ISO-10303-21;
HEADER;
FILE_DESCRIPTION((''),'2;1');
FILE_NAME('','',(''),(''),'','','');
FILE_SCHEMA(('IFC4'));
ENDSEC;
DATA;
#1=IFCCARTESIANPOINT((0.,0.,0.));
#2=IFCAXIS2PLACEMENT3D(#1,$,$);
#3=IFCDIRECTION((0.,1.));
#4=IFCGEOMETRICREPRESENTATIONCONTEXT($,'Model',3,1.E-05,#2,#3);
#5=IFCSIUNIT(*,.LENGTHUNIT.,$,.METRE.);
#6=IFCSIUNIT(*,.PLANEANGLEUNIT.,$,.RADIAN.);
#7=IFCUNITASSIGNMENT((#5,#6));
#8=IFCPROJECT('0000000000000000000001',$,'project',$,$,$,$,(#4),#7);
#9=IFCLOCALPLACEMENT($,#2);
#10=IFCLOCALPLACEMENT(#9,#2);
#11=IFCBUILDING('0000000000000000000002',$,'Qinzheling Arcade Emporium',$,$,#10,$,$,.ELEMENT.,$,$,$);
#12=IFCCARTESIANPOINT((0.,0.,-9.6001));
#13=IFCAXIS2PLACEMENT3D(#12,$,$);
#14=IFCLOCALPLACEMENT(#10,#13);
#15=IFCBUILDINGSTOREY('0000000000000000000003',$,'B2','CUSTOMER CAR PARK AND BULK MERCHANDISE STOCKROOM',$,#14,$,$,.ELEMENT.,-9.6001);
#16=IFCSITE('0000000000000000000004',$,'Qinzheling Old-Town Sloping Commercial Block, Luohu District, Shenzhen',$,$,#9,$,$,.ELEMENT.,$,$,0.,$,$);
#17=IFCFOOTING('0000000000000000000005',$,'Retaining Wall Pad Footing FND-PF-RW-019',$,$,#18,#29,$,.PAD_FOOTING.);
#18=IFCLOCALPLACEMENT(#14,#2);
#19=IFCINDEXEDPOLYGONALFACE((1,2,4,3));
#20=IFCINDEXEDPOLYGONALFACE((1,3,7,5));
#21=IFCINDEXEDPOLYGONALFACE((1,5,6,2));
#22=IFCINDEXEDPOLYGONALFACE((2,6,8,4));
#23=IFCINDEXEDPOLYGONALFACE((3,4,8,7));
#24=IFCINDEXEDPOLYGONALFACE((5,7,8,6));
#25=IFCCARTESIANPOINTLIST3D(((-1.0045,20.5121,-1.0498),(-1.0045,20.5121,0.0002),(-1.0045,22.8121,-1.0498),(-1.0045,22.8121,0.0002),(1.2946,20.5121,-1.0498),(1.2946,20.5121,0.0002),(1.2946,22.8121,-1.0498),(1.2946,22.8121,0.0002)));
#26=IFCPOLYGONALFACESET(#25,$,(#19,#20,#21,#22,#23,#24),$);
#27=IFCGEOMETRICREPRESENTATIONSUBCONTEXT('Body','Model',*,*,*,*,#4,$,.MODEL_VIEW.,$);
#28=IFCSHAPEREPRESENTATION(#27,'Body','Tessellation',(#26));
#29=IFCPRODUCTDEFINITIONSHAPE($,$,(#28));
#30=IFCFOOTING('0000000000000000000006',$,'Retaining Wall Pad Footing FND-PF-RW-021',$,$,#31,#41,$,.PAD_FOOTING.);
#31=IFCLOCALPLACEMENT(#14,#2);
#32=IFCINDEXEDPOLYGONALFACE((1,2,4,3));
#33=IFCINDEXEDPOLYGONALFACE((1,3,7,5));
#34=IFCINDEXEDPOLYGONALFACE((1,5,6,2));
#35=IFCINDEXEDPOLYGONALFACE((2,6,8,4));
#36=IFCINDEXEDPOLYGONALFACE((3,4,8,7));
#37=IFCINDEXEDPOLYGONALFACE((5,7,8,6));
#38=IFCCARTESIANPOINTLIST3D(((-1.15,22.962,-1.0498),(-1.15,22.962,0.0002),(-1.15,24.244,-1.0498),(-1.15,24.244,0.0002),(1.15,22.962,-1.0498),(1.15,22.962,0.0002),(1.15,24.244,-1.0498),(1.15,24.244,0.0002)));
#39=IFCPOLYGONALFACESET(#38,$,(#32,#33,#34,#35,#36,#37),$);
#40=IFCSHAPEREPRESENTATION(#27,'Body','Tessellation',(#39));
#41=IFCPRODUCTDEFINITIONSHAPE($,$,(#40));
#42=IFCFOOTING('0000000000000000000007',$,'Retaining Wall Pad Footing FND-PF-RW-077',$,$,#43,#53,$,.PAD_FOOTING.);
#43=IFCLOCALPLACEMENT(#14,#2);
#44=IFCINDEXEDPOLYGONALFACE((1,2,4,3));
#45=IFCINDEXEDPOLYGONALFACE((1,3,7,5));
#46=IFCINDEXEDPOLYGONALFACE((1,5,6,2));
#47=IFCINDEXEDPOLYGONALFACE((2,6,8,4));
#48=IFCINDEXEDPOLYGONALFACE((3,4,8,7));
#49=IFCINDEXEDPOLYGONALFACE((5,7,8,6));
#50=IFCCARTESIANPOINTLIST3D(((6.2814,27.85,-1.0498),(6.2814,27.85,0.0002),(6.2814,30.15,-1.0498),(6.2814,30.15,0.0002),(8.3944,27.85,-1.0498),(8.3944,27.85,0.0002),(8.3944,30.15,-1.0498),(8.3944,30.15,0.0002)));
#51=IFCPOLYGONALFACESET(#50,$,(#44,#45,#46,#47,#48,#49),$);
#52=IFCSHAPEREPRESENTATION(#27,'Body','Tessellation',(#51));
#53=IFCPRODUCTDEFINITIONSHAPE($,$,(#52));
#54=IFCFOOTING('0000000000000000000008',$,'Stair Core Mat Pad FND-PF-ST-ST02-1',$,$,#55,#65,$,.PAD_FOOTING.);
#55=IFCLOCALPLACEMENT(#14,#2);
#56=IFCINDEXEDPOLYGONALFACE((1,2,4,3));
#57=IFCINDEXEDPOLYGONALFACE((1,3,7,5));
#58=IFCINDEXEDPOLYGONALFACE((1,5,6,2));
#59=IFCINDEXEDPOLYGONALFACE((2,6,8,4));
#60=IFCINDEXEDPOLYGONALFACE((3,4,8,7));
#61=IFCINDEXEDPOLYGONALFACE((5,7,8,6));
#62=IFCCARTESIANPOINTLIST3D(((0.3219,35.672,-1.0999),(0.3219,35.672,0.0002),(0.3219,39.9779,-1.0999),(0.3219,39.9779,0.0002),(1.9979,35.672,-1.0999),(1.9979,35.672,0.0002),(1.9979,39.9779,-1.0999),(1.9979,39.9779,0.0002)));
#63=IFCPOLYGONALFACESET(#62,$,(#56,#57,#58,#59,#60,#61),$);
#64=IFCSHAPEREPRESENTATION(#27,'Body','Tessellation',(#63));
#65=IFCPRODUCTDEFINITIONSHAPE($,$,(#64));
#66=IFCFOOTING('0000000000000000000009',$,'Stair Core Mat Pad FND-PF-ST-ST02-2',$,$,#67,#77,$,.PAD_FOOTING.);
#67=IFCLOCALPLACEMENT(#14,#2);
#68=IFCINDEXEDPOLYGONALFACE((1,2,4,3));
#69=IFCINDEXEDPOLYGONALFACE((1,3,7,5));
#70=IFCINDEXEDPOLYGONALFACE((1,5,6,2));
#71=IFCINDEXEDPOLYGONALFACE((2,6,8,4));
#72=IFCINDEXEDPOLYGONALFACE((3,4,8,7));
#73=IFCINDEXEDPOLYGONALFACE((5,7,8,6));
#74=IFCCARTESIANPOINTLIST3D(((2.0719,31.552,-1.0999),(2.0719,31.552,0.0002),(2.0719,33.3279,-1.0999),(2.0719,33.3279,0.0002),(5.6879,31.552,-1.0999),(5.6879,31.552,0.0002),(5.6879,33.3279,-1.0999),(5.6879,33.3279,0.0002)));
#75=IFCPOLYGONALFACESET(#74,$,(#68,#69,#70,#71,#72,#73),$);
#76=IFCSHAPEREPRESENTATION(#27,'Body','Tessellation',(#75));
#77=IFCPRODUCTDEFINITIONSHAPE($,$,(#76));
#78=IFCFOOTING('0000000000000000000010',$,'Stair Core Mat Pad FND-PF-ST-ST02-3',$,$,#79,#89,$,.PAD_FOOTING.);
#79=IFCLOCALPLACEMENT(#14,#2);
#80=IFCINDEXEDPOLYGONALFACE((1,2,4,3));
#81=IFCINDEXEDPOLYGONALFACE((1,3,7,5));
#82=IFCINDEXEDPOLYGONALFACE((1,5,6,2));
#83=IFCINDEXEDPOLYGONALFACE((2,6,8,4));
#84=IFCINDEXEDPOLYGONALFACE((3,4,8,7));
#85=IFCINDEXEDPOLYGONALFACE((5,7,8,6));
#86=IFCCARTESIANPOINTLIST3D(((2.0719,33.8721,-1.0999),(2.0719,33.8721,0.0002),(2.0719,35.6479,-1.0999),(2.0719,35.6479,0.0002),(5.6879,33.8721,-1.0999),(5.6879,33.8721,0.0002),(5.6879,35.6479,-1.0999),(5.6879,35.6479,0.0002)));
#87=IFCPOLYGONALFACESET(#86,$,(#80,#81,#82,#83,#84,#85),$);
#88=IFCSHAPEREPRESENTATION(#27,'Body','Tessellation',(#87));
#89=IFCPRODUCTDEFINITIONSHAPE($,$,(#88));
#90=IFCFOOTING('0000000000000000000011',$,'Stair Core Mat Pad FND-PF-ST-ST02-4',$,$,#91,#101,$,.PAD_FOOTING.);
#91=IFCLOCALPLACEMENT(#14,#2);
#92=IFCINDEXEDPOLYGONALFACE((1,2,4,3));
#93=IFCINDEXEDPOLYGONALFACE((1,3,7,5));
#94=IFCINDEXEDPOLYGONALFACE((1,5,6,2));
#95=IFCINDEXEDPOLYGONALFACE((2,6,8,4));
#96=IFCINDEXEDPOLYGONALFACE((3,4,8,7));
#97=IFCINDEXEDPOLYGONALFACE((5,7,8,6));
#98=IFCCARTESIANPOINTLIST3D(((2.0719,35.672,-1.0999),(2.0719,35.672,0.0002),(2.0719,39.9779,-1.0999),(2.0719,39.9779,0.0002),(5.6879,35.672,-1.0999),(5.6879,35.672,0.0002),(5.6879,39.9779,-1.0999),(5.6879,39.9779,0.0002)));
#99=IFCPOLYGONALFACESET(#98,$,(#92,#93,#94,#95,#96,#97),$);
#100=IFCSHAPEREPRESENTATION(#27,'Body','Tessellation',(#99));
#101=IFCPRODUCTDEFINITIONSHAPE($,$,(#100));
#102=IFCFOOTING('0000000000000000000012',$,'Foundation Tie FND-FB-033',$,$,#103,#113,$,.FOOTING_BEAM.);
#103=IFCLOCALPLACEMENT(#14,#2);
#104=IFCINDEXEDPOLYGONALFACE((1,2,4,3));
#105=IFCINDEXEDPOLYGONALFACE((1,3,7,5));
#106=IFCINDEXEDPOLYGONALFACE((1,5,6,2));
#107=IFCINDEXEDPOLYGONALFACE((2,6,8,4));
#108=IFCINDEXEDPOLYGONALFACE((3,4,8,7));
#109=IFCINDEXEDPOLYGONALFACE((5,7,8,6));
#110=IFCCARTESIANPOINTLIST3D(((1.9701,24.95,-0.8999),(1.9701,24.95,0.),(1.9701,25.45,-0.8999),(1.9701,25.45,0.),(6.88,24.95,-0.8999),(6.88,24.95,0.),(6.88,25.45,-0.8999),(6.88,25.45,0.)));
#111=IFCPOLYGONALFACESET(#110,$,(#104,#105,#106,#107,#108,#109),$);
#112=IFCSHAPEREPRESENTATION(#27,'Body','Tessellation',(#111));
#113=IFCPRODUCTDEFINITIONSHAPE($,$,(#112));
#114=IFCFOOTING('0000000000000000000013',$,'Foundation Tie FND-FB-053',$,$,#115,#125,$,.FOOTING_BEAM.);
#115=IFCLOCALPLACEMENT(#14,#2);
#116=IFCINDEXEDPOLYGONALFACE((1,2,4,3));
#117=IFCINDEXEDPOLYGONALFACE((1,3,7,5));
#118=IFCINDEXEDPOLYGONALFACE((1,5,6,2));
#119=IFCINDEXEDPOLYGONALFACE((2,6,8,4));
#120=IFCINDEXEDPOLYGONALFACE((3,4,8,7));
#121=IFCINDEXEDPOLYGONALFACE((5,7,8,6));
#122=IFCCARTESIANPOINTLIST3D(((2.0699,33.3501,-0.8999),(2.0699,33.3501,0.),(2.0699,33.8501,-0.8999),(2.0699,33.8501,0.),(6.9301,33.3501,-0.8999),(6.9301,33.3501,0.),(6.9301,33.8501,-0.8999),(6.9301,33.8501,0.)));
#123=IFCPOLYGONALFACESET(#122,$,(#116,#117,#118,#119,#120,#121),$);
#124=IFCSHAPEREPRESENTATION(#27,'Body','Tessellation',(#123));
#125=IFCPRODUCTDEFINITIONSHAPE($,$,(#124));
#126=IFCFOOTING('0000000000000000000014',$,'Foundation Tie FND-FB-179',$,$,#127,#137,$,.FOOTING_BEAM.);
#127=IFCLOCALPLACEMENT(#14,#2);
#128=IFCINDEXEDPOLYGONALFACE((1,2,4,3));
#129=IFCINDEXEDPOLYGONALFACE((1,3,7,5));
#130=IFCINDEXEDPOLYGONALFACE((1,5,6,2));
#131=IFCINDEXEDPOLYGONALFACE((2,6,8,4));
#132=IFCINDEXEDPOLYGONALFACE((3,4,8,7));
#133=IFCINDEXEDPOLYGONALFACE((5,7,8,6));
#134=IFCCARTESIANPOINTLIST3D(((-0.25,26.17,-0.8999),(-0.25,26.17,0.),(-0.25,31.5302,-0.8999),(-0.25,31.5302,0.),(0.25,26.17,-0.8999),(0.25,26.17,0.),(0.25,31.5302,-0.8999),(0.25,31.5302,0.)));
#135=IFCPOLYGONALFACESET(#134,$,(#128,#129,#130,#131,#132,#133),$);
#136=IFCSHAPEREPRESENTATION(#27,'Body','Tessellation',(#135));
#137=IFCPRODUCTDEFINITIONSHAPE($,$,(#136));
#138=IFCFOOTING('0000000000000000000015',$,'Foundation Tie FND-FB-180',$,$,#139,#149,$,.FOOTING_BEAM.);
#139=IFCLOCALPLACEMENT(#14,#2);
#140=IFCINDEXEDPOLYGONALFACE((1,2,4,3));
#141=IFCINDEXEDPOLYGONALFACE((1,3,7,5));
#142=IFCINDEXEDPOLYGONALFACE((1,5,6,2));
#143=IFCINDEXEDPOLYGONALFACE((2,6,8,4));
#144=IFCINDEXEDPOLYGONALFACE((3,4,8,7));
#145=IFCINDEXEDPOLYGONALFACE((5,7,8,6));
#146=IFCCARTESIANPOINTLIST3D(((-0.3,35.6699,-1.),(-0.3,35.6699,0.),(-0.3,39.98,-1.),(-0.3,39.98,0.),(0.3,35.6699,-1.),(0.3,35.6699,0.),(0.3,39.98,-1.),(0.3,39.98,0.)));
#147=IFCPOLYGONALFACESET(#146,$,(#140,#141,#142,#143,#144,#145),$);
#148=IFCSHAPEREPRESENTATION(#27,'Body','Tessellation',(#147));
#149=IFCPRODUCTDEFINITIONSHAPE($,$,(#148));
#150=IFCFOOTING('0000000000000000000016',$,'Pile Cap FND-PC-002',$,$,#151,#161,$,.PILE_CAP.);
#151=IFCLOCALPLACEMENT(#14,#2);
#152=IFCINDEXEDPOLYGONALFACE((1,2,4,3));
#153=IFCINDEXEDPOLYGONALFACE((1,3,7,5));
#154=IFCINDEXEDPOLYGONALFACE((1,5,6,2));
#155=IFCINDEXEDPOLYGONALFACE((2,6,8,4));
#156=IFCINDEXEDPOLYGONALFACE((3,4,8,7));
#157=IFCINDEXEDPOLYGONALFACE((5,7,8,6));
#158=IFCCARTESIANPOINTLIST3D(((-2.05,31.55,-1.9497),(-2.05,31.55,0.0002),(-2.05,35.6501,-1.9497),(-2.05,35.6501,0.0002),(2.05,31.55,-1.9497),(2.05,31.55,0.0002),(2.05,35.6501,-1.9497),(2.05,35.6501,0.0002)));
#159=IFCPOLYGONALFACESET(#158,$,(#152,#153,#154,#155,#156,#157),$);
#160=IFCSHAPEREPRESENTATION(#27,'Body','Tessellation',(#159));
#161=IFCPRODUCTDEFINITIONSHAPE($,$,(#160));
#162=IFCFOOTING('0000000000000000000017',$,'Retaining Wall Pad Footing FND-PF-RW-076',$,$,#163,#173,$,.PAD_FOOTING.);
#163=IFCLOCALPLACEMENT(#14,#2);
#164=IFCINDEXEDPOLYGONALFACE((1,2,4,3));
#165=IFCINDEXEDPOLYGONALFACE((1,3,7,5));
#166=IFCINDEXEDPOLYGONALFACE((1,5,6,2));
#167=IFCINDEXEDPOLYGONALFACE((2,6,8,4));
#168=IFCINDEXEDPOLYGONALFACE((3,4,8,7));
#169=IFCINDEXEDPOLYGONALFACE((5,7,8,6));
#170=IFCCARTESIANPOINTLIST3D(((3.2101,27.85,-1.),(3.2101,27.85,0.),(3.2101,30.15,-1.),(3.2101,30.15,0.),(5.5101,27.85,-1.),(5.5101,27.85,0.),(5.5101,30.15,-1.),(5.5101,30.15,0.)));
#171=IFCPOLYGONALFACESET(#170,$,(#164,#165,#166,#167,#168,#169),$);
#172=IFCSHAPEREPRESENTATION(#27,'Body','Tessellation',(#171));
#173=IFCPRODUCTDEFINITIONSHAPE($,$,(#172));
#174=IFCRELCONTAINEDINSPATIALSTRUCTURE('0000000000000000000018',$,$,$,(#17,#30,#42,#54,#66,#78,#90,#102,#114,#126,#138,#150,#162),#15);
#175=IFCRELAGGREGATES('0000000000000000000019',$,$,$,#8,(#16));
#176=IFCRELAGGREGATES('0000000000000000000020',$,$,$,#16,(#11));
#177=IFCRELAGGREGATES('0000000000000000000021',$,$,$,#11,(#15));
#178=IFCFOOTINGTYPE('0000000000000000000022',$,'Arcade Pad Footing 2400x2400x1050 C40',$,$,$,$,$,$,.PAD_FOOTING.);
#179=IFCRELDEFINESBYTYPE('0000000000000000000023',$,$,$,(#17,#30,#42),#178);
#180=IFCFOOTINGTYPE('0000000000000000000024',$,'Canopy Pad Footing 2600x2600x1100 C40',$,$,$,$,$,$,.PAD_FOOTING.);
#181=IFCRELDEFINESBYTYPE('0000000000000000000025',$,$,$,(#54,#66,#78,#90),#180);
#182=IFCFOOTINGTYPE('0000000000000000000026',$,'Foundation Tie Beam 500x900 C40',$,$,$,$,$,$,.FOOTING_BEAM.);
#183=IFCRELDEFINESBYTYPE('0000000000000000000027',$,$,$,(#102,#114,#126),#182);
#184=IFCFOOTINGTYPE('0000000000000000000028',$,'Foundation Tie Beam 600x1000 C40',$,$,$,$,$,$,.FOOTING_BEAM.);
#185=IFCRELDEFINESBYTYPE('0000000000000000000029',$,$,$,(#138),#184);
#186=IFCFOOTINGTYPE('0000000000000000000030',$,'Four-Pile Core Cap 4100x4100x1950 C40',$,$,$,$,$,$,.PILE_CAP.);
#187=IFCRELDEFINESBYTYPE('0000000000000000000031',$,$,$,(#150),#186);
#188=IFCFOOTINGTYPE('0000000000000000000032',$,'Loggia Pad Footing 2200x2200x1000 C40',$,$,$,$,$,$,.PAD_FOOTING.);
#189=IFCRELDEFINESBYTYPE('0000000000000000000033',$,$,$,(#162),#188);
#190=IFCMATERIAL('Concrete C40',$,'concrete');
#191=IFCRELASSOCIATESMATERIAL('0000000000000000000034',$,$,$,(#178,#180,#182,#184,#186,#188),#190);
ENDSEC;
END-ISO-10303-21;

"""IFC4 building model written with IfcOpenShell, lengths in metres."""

from ifc_helpers import new_model, si_unit, direction, frame, origin, origin_2d, place, context, subcontext, project, spatial, rectangle, extrude, material, type_object, element, save


model = new_model("IFC4")

# Units and contexts
model_context = context("Model", 3, precision=1e-05, world=origin(), true_north=direction((0.0, 1.0)))
body_context = subcontext(model_context, "Body", "Model", "MODEL_VIEW")
ifc_project = project(units=[si_unit("LENGTHUNIT", "METRE"), si_unit("PLANEANGLEUNIT", "RADIAN")], contexts=[model_context])

# Site, building, storey
site_placement = place(None, origin())
site = spatial("IfcSite", under=ifc_project, at=site_placement, Name="Qinzheling Old-Town Sloping Commercial Block, Luohu District, Shenzhen", CompositionType="ELEMENT", RefElevation=0.0)
building_placement = place(site_placement, origin())
building = spatial("IfcBuilding", under=site, at=building_placement, Name="Qinzheling Arcade Emporium", CompositionType="ELEMENT")
storey_placement = place(building_placement, frame((0.0, 0.0, -9.6001)))
storey = spatial("IfcBuildingStorey", under=building, at=storey_placement, Name="B2", Description="CUSTOMER CAR PARK AND BULK MERCHANDISE STOCKROOM", CompositionType="ELEMENT", Elevation=-9.6001)

# Footings
ifc_material_1 = material(Name="Concrete C40", Category="concrete")
footing_type_1 = type_object("IfcFootingType", Name="Arcade Pad Footing 2400x2400x1050 C40", PredefinedType="PAD_FOOTING", material=ifc_material_1)
footing_1_placement = place(storey_placement, frame((0.145, 21.6621, -1.0498), z_axis=(0.0, 0.0, 1.0), x_axis=(1.0, 0.0, 0.0)))
element("IfcFooting", 1, at=footing_1_placement, inside=storey, type_object=footing_type_1, Name="Retaining Wall Pad Footing FND-PF-RW-019", PredefinedType="PAD_FOOTING", context=body_context, shape_type="SweptSolid", body=[
    extrude(rectangle(XDim=2.2991, YDim=2.3, at=origin_2d()), origin(), (0.0, 0.0, 1.0), 1.05),
])
footing_2_placement = place(storey_placement, frame((0.0, 23.603, -1.0498), z_axis=(0.0, 0.0, 1.0), x_axis=(1.0, 0.0, 0.0)))
element("IfcFooting", 2, at=footing_2_placement, inside=storey, type_object=footing_type_1, Name="Retaining Wall Pad Footing FND-PF-RW-021", PredefinedType="PAD_FOOTING", context=body_context, shape_type="SweptSolid", body=[
    extrude(rectangle(XDim=2.3, YDim=1.282, at=origin_2d()), origin(), (0.0, 0.0, 1.0), 1.05),
])
footing_3_placement = place(storey_placement, frame((7.3379, 29.0, -1.0498), z_axis=(0.0, 0.0, 1.0), x_axis=(1.0, 0.0, 0.0)))
element("IfcFooting", 3, at=footing_3_placement, inside=storey, type_object=footing_type_1, Name="Retaining Wall Pad Footing FND-PF-RW-077", PredefinedType="PAD_FOOTING", context=body_context, shape_type="SweptSolid", body=[
    extrude(rectangle(XDim=2.113, YDim=2.3, at=origin_2d()), origin(), (0.0, 0.0, 1.0), 1.05),
])
footing_type_2 = type_object("IfcFootingType", Name="Canopy Pad Footing 2600x2600x1100 C40", PredefinedType="PAD_FOOTING", material=ifc_material_1)
footing_4_placement = place(storey_placement, frame((1.1599, 37.825, -1.0999), z_axis=(0.0, 0.0, 1.0), x_axis=(1.0, 0.0, 0.0)))
element("IfcFooting", 4, at=footing_4_placement, inside=storey, type_object=footing_type_2, Name="Stair Core Mat Pad FND-PF-ST-ST02-1", PredefinedType="PAD_FOOTING", context=body_context, shape_type="SweptSolid", body=[
    extrude(rectangle(XDim=1.676, YDim=4.3059, at=origin_2d()), origin(), (0.0, 0.0, 1.0), 1.1001),
])
for number, where, z_axis, x_axis, name in (
    (5, (3.8799, 32.4399, -1.0999), (0.0, 0.0, 1.0), (1.0, 0.0, 0.0), "Stair Core Mat Pad FND-PF-ST-ST02-2"),
    (6, (3.8799, 34.76, -1.0999), (0.0, 0.0, 1.0), (1.0, 0.0, 0.0), "Stair Core Mat Pad FND-PF-ST-ST02-3"),
):
    element("IfcFooting", number, at=place(storey_placement, frame(where, z_axis=z_axis, x_axis=x_axis)), inside=storey, type_object=footing_type_2, Name=name, PredefinedType="PAD_FOOTING", context=body_context, shape_type="SweptSolid", body=[
        extrude(rectangle(XDim=3.616, YDim=1.7759, at=origin_2d()), origin(), (0.0, 0.0, 1.0), 1.1001),
    ])
footing_5_placement = place(storey_placement, frame((3.8799, 37.825, -1.0999), z_axis=(0.0, 0.0, 1.0), x_axis=(1.0, 0.0, 0.0)))
element("IfcFooting", 7, at=footing_5_placement, inside=storey, type_object=footing_type_2, Name="Stair Core Mat Pad FND-PF-ST-ST02-4", PredefinedType="PAD_FOOTING", context=body_context, shape_type="SweptSolid", body=[
    extrude(rectangle(XDim=3.616, YDim=4.3059, at=origin_2d()), origin(), (0.0, 0.0, 1.0), 1.1001),
])
footing_type_3 = type_object("IfcFootingType", Name="Foundation Tie Beam 500x900 C40", PredefinedType="FOOTING_BEAM", material=ifc_material_1)
footing_6_placement = place(storey_placement, frame((4.425, 25.2, -0.8999), z_axis=(0.0, 0.0, 1.0), x_axis=(1.0, 0.0, 0.0)))
element("IfcFooting", 8, at=footing_6_placement, inside=storey, type_object=footing_type_3, Name="Foundation Tie FND-FB-033", PredefinedType="FOOTING_BEAM", context=body_context, shape_type="SweptSolid", body=[
    extrude(rectangle(XDim=4.9099, YDim=0.5, at=origin_2d()), origin(), (0.0, 0.0, 1.0), 0.8999),
])
footing_7_placement = place(storey_placement, frame((4.5, 33.6001, -0.8999), z_axis=(0.0, 0.0, 1.0), x_axis=(1.0, 0.0, 0.0)))
element("IfcFooting", 9, at=footing_7_placement, inside=storey, type_object=footing_type_3, Name="Foundation Tie FND-FB-053", PredefinedType="FOOTING_BEAM", context=body_context, shape_type="SweptSolid", body=[
    extrude(rectangle(XDim=4.8601, YDim=0.5, at=origin_2d()), origin(), (0.0, 0.0, 1.0), 0.8999),
])
footing_8_placement = place(storey_placement, frame((0.0, 28.8501, -0.8999), z_axis=(0.0, 0.0, 1.0), x_axis=(1.0, 0.0, 0.0)))
element("IfcFooting", 10, at=footing_8_placement, inside=storey, type_object=footing_type_3, Name="Foundation Tie FND-FB-179", PredefinedType="FOOTING_BEAM", context=body_context, shape_type="SweptSolid", body=[
    extrude(rectangle(XDim=0.5, YDim=5.3601, at=origin_2d()), origin(), (0.0, 0.0, 1.0), 0.8999),
])
footing_type_4 = type_object("IfcFootingType", Name="Foundation Tie Beam 600x1000 C40", PredefinedType="FOOTING_BEAM", material=ifc_material_1)
footing_9_placement = place(storey_placement, frame((0.0, 37.825, -1.0), z_axis=(0.0, 0.0, 1.0), x_axis=(1.0, 0.0, 0.0)))
element("IfcFooting", 11, at=footing_9_placement, inside=storey, type_object=footing_type_4, Name="Foundation Tie FND-FB-180", PredefinedType="FOOTING_BEAM", context=body_context, shape_type="SweptSolid", body=[
    extrude(rectangle(XDim=0.6001, YDim=4.3101, at=origin_2d()), origin(), (0.0, 0.0, 1.0), 1.0),
])
footing_type_5 = type_object("IfcFootingType", Name="Four-Pile Core Cap 4100x4100x1950 C40", PredefinedType="PILE_CAP", material=ifc_material_1)
footing_10_placement = place(storey_placement, frame((0.0, 33.6001, -1.9497), z_axis=(0.0, 0.0, 1.0), x_axis=(1.0, 0.0, 0.0)))
element("IfcFooting", 12, at=footing_10_placement, inside=storey, type_object=footing_type_5, Name="Pile Cap FND-PC-002", PredefinedType="PILE_CAP", context=body_context, shape_type="SweptSolid", body=[
    extrude(rectangle(XDim=4.1001, YDim=4.1001, at=origin_2d()), origin(), (0.0, 0.0, 1.0), 1.95),
])
footing_type_6 = type_object("IfcFootingType", Name="Loggia Pad Footing 2200x2200x1000 C40", PredefinedType="PAD_FOOTING", material=ifc_material_1)
footing_11_placement = place(storey_placement, frame((4.3601, 29.0, -1.0), z_axis=(0.0, 0.0, 1.0), x_axis=(1.0, 0.0, 0.0)))
element("IfcFooting", 13, at=footing_11_placement, inside=storey, type_object=footing_type_6, Name="Retaining Wall Pad Footing FND-PF-RW-076", PredefinedType="PAD_FOOTING", context=body_context, shape_type="SweptSolid", body=[
    extrude(rectangle(XDim=2.3, YDim=2.3, at=origin_2d()), origin(), (0.0, 0.0, 1.0), 1.0),
])

save(model, "model.ifc")
